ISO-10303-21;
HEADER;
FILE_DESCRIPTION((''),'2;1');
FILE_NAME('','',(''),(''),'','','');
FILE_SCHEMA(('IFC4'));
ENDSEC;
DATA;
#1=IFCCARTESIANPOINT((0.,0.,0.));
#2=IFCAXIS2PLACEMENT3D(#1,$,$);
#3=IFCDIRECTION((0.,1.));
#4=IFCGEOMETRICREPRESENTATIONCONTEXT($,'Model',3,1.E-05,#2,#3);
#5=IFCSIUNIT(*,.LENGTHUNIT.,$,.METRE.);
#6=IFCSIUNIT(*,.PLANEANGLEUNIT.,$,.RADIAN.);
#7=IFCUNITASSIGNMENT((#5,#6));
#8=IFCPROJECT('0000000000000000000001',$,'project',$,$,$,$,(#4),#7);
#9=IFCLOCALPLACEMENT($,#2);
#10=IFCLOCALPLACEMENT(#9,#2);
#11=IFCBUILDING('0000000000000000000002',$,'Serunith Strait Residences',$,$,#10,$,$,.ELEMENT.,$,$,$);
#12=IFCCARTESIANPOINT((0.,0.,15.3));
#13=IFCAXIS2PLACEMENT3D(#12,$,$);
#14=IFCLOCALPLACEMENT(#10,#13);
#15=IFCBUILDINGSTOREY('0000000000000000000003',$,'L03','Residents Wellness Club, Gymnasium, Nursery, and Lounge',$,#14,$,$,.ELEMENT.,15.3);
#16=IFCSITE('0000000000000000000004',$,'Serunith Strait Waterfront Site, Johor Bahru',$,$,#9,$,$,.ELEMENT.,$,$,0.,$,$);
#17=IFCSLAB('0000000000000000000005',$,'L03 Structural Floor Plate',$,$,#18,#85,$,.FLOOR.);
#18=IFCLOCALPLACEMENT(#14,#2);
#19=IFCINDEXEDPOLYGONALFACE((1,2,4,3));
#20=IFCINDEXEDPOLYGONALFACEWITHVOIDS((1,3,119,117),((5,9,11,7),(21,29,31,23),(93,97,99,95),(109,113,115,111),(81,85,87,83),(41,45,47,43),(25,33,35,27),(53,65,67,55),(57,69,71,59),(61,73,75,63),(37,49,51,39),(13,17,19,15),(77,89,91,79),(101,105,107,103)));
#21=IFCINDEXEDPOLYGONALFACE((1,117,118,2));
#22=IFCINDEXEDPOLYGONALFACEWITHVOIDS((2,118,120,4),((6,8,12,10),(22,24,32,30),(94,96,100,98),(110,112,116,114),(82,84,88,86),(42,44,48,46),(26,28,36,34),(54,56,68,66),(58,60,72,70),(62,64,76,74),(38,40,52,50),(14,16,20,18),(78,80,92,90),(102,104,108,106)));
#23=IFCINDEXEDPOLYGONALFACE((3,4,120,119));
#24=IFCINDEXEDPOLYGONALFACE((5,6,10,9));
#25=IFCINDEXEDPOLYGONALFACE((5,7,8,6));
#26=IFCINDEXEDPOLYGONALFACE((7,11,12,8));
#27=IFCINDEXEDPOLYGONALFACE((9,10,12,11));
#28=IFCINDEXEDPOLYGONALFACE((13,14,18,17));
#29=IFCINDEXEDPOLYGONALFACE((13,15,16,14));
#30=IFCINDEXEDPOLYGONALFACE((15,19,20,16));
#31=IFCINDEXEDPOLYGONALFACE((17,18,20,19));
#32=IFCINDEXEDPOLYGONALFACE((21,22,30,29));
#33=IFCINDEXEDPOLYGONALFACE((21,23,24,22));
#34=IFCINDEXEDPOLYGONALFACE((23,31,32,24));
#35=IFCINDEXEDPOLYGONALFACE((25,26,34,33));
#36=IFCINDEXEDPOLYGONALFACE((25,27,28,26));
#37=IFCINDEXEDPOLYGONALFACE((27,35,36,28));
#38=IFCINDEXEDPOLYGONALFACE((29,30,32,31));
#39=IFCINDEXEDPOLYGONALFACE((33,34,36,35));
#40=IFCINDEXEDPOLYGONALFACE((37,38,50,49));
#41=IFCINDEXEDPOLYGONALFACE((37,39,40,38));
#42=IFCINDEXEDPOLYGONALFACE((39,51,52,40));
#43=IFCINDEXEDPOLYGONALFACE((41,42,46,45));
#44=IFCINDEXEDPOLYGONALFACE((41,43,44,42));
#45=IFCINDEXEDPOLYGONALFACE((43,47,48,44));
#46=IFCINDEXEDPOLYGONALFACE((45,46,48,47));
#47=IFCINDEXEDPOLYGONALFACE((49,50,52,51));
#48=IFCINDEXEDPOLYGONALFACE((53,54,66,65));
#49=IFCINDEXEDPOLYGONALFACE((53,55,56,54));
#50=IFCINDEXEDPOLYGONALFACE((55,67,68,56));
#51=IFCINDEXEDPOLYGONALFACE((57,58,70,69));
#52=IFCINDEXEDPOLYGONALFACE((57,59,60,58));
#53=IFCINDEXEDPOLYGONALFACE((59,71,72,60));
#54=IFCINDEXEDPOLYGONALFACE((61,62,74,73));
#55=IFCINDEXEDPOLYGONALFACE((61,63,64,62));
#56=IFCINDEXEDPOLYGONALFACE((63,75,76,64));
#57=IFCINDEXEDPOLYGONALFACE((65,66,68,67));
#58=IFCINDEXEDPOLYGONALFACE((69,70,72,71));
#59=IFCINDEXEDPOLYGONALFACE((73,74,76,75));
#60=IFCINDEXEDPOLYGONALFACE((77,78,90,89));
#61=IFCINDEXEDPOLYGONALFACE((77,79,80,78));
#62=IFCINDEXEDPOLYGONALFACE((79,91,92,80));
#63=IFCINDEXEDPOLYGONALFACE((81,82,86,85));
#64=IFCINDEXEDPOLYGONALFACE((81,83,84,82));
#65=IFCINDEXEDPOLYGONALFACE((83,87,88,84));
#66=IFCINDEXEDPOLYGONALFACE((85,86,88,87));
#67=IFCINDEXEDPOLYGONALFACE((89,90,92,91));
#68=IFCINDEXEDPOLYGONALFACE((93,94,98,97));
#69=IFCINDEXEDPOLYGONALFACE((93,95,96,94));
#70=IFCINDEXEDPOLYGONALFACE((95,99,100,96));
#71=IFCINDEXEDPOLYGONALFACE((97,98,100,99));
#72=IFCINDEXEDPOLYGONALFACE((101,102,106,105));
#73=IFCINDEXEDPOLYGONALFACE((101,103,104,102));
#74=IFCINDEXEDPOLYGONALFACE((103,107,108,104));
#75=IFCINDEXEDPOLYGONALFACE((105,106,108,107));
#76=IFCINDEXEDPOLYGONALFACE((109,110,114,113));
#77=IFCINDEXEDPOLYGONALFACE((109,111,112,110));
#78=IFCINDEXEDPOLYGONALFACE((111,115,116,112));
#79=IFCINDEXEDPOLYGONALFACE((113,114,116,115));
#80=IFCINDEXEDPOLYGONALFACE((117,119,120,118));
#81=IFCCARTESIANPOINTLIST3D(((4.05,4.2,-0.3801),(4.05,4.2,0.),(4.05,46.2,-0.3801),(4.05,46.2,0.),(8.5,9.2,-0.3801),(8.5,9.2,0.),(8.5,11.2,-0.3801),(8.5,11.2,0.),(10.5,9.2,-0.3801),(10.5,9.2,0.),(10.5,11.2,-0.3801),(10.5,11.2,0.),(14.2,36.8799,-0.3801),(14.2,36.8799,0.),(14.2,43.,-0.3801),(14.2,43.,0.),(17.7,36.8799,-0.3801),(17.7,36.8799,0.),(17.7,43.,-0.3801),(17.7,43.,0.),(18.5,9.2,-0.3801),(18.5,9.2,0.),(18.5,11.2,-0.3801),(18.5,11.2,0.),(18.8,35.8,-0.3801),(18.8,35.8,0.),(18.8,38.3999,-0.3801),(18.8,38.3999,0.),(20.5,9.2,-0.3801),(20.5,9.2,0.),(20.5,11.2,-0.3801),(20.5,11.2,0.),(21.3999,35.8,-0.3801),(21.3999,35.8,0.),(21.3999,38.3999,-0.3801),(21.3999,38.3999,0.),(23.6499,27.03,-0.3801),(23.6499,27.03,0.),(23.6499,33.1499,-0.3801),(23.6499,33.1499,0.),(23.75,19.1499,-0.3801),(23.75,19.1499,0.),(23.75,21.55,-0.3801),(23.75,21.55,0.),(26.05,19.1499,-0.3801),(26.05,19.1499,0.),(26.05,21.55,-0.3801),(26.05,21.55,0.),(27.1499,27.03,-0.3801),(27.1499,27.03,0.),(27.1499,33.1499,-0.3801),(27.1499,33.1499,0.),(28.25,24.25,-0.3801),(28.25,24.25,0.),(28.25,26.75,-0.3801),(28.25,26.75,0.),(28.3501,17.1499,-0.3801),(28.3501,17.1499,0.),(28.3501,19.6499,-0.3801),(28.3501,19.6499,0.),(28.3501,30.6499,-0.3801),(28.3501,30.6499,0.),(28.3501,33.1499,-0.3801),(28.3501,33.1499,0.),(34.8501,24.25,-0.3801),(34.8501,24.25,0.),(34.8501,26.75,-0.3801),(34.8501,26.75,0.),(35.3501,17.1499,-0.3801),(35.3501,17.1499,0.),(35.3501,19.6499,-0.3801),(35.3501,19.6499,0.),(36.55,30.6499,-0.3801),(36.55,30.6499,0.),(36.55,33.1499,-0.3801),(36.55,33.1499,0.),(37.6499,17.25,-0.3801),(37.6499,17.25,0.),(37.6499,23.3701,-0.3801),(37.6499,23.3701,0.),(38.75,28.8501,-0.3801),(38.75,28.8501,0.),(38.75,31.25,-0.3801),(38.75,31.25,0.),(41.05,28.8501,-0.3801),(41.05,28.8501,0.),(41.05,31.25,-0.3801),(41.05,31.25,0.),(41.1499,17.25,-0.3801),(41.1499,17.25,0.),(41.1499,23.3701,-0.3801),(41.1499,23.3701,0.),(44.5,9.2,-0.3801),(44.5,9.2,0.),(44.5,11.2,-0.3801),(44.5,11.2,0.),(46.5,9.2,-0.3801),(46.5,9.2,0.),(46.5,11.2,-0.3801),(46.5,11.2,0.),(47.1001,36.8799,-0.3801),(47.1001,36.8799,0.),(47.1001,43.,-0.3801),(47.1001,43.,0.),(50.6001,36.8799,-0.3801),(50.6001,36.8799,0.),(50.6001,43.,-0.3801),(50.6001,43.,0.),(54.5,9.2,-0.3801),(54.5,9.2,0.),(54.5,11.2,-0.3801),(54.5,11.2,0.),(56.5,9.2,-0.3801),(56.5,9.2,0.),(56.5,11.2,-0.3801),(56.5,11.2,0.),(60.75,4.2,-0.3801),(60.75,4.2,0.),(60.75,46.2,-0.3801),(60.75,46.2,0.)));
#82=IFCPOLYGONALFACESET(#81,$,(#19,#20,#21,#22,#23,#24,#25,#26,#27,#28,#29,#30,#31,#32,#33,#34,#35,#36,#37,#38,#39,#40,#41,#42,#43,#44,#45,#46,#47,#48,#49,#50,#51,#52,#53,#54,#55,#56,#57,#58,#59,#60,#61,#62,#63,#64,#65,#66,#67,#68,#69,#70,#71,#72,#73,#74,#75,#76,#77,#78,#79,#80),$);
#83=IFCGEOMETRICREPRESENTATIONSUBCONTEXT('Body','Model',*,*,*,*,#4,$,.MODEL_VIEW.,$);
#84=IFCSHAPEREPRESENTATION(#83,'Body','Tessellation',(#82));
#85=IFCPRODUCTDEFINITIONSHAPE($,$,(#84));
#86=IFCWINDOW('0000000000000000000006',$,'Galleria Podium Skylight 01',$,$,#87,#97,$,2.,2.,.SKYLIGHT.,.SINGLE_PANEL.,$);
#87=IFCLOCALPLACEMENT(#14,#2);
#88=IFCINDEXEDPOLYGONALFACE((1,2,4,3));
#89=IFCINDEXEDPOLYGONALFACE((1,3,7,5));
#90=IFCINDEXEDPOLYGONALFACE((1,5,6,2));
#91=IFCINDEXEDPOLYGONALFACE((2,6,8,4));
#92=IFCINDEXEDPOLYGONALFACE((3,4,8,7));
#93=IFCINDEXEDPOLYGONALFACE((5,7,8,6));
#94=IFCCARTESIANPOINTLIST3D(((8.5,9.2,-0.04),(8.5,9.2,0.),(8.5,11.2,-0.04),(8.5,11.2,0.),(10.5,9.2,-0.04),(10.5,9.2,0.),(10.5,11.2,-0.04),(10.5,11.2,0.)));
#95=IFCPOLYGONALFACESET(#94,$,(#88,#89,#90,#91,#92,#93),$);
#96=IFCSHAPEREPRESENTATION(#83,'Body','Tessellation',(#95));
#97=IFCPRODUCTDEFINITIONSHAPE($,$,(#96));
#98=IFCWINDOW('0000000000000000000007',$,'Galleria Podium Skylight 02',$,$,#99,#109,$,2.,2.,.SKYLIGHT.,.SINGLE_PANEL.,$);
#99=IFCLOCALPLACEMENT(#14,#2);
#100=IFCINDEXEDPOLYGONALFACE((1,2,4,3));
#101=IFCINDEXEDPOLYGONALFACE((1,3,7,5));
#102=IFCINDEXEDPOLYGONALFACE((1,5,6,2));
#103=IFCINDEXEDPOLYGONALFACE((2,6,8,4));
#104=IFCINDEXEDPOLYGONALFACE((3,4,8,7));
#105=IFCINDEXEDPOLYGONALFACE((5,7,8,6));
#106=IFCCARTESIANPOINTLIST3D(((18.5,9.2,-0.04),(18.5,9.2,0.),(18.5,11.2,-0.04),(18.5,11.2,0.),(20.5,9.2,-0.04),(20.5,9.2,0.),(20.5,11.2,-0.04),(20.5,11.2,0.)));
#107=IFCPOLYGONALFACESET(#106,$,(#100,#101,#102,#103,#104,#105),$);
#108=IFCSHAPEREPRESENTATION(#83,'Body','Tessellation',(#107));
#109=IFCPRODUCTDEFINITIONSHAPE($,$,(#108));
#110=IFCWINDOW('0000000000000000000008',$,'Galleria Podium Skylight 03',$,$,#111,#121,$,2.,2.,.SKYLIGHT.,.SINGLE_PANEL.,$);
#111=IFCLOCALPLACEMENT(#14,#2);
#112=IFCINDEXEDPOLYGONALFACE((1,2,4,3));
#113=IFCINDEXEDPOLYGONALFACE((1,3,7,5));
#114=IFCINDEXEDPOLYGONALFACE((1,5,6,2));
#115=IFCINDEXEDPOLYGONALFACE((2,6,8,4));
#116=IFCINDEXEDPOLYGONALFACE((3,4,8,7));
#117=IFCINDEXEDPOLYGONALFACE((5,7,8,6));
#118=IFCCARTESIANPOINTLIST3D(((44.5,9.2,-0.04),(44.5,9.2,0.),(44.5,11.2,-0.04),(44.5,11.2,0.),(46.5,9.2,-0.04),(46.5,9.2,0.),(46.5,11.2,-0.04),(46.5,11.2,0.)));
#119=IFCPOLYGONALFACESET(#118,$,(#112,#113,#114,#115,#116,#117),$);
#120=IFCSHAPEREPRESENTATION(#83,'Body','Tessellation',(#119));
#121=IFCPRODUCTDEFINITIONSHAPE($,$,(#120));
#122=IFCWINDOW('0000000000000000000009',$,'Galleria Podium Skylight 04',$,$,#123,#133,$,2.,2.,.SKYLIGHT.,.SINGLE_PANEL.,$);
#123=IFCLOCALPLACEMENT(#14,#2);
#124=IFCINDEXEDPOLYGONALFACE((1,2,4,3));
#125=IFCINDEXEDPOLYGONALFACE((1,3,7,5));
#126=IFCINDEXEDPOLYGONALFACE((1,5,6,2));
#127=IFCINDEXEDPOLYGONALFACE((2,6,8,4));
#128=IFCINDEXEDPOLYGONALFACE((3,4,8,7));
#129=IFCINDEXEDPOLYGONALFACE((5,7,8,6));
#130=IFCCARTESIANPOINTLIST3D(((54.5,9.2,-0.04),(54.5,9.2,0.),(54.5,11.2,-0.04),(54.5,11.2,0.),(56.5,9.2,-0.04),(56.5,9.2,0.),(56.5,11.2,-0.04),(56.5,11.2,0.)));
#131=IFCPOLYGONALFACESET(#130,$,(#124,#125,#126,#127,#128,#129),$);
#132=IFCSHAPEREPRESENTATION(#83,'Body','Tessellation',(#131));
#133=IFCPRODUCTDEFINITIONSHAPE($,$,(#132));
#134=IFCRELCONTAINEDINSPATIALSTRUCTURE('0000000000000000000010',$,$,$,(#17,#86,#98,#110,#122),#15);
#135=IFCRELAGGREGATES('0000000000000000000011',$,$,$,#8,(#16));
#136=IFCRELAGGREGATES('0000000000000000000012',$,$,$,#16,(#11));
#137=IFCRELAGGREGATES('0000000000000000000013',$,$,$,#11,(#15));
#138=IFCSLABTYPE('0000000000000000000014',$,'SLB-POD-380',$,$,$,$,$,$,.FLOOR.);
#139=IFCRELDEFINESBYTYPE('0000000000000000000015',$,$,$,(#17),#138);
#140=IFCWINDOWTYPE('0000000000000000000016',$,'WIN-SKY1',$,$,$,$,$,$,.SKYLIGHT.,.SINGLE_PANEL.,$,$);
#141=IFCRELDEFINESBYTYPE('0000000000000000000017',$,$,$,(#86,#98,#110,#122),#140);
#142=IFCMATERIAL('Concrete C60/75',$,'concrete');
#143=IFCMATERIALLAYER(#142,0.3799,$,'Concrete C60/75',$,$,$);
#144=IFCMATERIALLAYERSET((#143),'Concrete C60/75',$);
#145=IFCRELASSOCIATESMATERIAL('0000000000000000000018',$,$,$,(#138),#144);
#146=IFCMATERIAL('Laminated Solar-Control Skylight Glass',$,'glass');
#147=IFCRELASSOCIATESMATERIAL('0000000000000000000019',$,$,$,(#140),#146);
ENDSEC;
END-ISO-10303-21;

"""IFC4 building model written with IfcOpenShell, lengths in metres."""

from ifc_helpers import new_model, si_unit, direction, frame, origin, origin_2d, place, context, subcontext, project, spatial, polyline, rectangle, outline, extrude, material, layer, layer_set, type_object, element, fill, save


model = new_model("IFC4")

# Units and contexts
model_context = context("Model", 3, precision=1e-05, world=origin(), true_north=direction((0.0, 1.0)))
body_context = subcontext(model_context, "Body", "Model", "MODEL_VIEW")
ifc_project = project(units=[si_unit("LENGTHUNIT", "METRE"), si_unit("PLANEANGLEUNIT", "RADIAN")], contexts=[model_context])

# Site, building, storey
site_placement = place(None, origin())
site = spatial("IfcSite", under=ifc_project, at=site_placement, Name="Serunith Strait Waterfront Site, Johor Bahru", CompositionType="ELEMENT", RefElevation=0.0)
building_placement = place(site_placement, origin())
building = spatial("IfcBuilding", under=site, at=building_placement, Name="Serunith Strait Residences", CompositionType="ELEMENT")
storey_placement = place(building_placement, frame((0.0, 0.0, 15.3)))
storey = spatial("IfcBuildingStorey", under=building, at=storey_placement, Name="L03", Description="Residents Wellness Club, Gymnasium, Nursery, and Lounge", CompositionType="ELEMENT", Elevation=15.3)

# Slab, openings, windows
ifc_material_1 = material(Name="Concrete C60/75", Category="concrete")
ifc_layer_1 = layer(ifc_material_1, 0.3799, Name="Concrete C60/75")
ifc_layer_set_1 = layer_set([ifc_layer_1], Name="Concrete C60/75")
slab_type_1 = type_object("IfcSlabType", Name="SLB-POD-380", PredefinedType="FLOOR", material=ifc_layer_set_1)
slab_1_placement = place(storey_placement, frame((0.0, 0.0, -0.3801)))
slab_1 = element("IfcSlab", 1, at=slab_1_placement, inside=storey, type_object=slab_type_1, Name="L03 Structural Floor Plate", PredefinedType="FLOOR", context=body_context, shape_type="SweptSolid", body=[
    extrude(outline(polyline([(4.05, 46.2), (60.75, 46.2), (60.75, 4.2), (4.05, 4.2), (4.05, 46.2)]), holes=[polyline([(50.6001, 43.0), (47.1001, 43.0), (47.1001, 36.8799), (50.6001, 36.8799), (50.6001, 43.0)]), polyline([(41.1499, 17.25), (41.1499, 23.3701), (37.6499, 23.3701), (37.6499, 17.25), (41.1499, 17.25)]), polyline([(41.05, 28.8501), (41.05, 31.25), (38.75, 31.25), (38.75, 28.8501), (41.05, 28.8501)]), polyline([(36.55, 33.1499), (28.3501, 33.1499), (28.3501, 30.6499), (36.55, 30.6499), (36.55, 33.1499)]), polyline([(35.3501, 19.6499), (28.3501, 19.6499), (28.3501, 17.1499), (35.3501, 17.1499), (35.3501, 19.6499)]), polyline([(34.8501, 24.25), (34.8501, 26.75), (28.25, 26.75), (28.25, 24.25), (34.8501, 24.25)]), polyline([(23.6499, 33.1499), (23.6499, 27.03), (27.1499, 27.03), (27.1499, 33.1499), (23.6499, 33.1499)]), polyline([(26.05, 21.55), (23.75, 21.55), (23.75, 19.1499), (26.05, 19.1499), (26.05, 21.55)]), polyline([(21.3999, 38.3999), (18.8, 38.3999), (18.8, 35.8), (21.3999, 35.8), (21.3999, 38.3999)]), polyline([(17.7, 43.0), (14.2, 43.0), (14.2, 36.8799), (17.7, 36.8799), (17.7, 43.0)])]), origin(), (0.0, 0.0, 1.0), 0.3801),
])
opening_1_placement = place(slab_1_placement, frame((9.5, 10.2, 0.0)))
opening_1 = element("IfcOpeningElement", 2, at=opening_1_placement, cuts=slab_1, PredefinedType="OPENING", context=body_context, shape_type="SweptSolid", body=[
    extrude(rectangle(XDim=2.0, YDim=2.0, at=origin_2d()), frame((0.0, 0.0, -0.01)), (0.0, 0.0, 1.0), 0.4001),
])
opening_2_placement = place(slab_1_placement, frame((19.5, 10.2, 0.0)))
opening_2 = element("IfcOpeningElement", 3, at=opening_2_placement, cuts=slab_1, PredefinedType="OPENING", context=body_context, shape_type="SweptSolid", body=[
    extrude(rectangle(XDim=2.0, YDim=2.0, at=origin_2d()), frame((0.0, 0.0, -0.01)), (0.0, 0.0, 1.0), 0.4001),
])
opening_3_placement = place(slab_1_placement, frame((45.5, 10.2, 0.0)))
opening_3 = element("IfcOpeningElement", 4, at=opening_3_placement, cuts=slab_1, PredefinedType="OPENING", context=body_context, shape_type="SweptSolid", body=[
    extrude(rectangle(XDim=2.0, YDim=2.0, at=origin_2d()), frame((0.0, 0.0, -0.01)), (0.0, 0.0, 1.0), 0.4001),
])
opening_4_placement = place(slab_1_placement, frame((55.5, 10.2, 0.0)))
opening_4 = element("IfcOpeningElement", 5, at=opening_4_placement, cuts=slab_1, PredefinedType="OPENING", context=body_context, shape_type="SweptSolid", body=[
    extrude(rectangle(XDim=2.0, YDim=2.0, at=origin_2d()), frame((0.0, 0.0, -0.01)), (0.0, 0.0, 1.0), 0.4001),
])
ifc_material_2 = material(Name="Laminated Solar-Control Skylight Glass", Category="glass")
window_type_1 = type_object("IfcWindowType", Name="WIN-SKY1", PartitioningType="SINGLE_PANEL", PredefinedType="SKYLIGHT", material=ifc_material_2)
window_1_placement = place(opening_1_placement, frame((0.0, 0.0, 0.3401)))
window_1 = element("IfcWindow", 6, at=window_1_placement, inside=storey, type_object=window_type_1, Name="Galleria Podium Skylight 01", OverallHeight=2.0, OverallWidth=2.0, PartitioningType="SINGLE_PANEL", PredefinedType="SKYLIGHT", context=body_context, shape_type="SweptSolid", body=[
    extrude(rectangle(XDim=2.0, YDim=2.0, at=origin_2d()), origin(), (0.0, 0.0, 1.0), 0.04),
])
fill(opening_1, window_1)
window_2_placement = place(opening_2_placement, frame((0.0, 0.0, 0.3401)))
window_2 = element("IfcWindow", 7, at=window_2_placement, inside=storey, type_object=window_type_1, Name="Galleria Podium Skylight 02", OverallHeight=2.0, OverallWidth=2.0, PartitioningType="SINGLE_PANEL", PredefinedType="SKYLIGHT", context=body_context, shape_type="SweptSolid", body=[
    extrude(rectangle(XDim=2.0, YDim=2.0, at=origin_2d()), origin(), (0.0, 0.0, 1.0), 0.04),
])
fill(opening_2, window_2)
window_3_placement = place(opening_3_placement, frame((0.0, 0.0, 0.3401)))
window_3 = element("IfcWindow", 8, at=window_3_placement, inside=storey, type_object=window_type_1, Name="Galleria Podium Skylight 03", OverallHeight=2.0, OverallWidth=2.0, PartitioningType="SINGLE_PANEL", PredefinedType="SKYLIGHT", context=body_context, shape_type="SweptSolid", body=[
    extrude(rectangle(XDim=2.0, YDim=2.0, at=origin_2d()), origin(), (0.0, 0.0, 1.0), 0.04),
])
fill(opening_3, window_3)
window_4_placement = place(opening_4_placement, frame((0.0, 0.0, 0.3401)))
window_4 = element("IfcWindow", 9, at=window_4_placement, inside=storey, type_object=window_type_1, Name="Galleria Podium Skylight 04", OverallHeight=2.0, OverallWidth=2.0, PartitioningType="SINGLE_PANEL", PredefinedType="SKYLIGHT", context=body_context, shape_type="SweptSolid", body=[
    extrude(rectangle(XDim=2.0, YDim=2.0, at=origin_2d()), origin(), (0.0, 0.0, 1.0), 0.04),
])
fill(opening_4, window_4)

save(model, "model.ifc")
